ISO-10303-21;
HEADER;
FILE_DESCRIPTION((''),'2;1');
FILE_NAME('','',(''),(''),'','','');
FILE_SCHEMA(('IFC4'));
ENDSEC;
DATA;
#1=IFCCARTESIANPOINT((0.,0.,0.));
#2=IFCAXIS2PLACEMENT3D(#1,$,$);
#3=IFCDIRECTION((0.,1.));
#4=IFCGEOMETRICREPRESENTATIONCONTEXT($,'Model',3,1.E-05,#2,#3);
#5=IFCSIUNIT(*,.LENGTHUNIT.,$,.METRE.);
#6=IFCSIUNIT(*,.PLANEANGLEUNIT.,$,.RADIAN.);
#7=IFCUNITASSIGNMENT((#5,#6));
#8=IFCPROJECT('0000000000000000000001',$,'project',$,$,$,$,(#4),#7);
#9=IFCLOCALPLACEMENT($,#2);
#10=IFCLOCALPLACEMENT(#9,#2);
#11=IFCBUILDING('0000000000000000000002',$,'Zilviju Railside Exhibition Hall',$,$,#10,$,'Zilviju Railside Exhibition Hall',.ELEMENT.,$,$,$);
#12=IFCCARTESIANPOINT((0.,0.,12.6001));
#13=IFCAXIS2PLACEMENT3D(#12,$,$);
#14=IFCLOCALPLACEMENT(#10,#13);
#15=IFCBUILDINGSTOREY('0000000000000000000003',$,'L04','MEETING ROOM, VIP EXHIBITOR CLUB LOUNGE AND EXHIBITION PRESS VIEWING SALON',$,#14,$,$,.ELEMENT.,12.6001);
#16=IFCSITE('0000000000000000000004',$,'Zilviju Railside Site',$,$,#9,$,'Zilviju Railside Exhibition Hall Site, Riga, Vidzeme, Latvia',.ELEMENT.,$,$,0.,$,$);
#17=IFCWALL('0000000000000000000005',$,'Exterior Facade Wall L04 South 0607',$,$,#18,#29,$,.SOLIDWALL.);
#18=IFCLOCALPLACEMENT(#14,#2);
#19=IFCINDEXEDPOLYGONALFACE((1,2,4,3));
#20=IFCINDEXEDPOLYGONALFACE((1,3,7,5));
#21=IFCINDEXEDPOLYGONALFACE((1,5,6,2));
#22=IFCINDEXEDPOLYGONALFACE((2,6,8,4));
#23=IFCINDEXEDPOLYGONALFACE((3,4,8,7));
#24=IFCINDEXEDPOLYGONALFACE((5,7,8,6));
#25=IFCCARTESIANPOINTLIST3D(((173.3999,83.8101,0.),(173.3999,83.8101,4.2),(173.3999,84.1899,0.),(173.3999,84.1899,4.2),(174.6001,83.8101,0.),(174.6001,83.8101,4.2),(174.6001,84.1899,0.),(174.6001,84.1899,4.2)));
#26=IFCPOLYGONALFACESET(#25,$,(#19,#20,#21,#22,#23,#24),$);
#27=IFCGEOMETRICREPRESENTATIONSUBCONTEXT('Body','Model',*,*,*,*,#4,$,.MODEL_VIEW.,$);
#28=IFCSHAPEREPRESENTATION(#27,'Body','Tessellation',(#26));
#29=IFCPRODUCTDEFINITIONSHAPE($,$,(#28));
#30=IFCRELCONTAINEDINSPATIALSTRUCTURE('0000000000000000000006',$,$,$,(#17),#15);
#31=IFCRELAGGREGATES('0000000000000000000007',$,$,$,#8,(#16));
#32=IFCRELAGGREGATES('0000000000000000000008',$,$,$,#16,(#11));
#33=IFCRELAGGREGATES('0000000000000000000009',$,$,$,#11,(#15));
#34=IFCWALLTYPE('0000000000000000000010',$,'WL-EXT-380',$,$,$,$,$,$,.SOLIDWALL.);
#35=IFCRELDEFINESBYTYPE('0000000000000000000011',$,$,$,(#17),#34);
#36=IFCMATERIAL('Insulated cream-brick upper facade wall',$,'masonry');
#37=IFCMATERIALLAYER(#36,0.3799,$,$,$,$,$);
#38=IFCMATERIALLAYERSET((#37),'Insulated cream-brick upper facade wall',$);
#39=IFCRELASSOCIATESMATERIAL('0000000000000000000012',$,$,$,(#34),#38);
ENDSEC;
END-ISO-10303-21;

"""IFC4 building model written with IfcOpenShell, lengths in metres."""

from ifc_helpers import new_model, si_unit, direction, frame, frame_2d, origin, place, context, subcontext, project, spatial, rectangle, extrude, material, layer, layer_set, type_object, element, save


model = new_model("IFC4")

# Units and contexts
model_context = context("Model", 3, precision=1e-05, world=origin(), true_north=direction((0.0, 1.0)))
body_context = subcontext(model_context, "Body", "Model", "MODEL_VIEW")
ifc_project = project(units=[si_unit("LENGTHUNIT", "METRE"), si_unit("PLANEANGLEUNIT", "RADIAN")], contexts=[model_context])

# Site, building, storey
site_placement = place(None, origin())
site = spatial("IfcSite", under=ifc_project, at=site_placement, Name="Zilviju Railside Site", LongName="Zilviju Railside Exhibition Hall Site, Riga, Vidzeme, Latvia", CompositionType="ELEMENT", RefElevation=0.0)
building_placement = place(site_placement, origin())
building = spatial("IfcBuilding", under=site, at=building_placement, Name="Zilviju Railside Exhibition Hall", LongName="Zilviju Railside Exhibition Hall", CompositionType="ELEMENT")
storey_placement = place(building_placement, frame((0.0, 0.0, 12.6001)))
storey = spatial("IfcBuildingStorey", under=building, at=storey_placement, Name="L04", Description="MEETING ROOM, VIP EXHIBITOR CLUB LOUNGE AND EXHIBITION PRESS VIEWING SALON", CompositionType="ELEMENT", Elevation=12.6001)

# Wall
ifc_material_1 = material(Name="Insulated cream-brick upper facade wall", Category="masonry")
ifc_layer_1 = layer(ifc_material_1, 0.3799)
ifc_layer_set_1 = layer_set([ifc_layer_1], Name="Insulated cream-brick upper facade wall")
wall_type = type_object("IfcWallType", Name="WL-EXT-380", PredefinedType="SOLIDWALL", material=ifc_layer_set_1)
wall_placement = place(storey_placement, frame((174.6001, 84.0, 0.0), z_axis=(0.0, 0.0, 1.0), x_axis=(-1.0, 0.0, 0.0)))
element("IfcWall", 1, at=wall_placement, inside=storey, type_object=wall_type, Name="Exterior Facade Wall L04 South 0607", PredefinedType="SOLIDWALL", context=body_context, shape_type="SweptSolid", body=[
    extrude(rectangle(XDim=1.2002, YDim=0.3799, at=frame_2d((0.6001, 0.0))), origin(), (0.0, 0.0, 1.0), 4.2),
])

save(model, "model.ifc")
